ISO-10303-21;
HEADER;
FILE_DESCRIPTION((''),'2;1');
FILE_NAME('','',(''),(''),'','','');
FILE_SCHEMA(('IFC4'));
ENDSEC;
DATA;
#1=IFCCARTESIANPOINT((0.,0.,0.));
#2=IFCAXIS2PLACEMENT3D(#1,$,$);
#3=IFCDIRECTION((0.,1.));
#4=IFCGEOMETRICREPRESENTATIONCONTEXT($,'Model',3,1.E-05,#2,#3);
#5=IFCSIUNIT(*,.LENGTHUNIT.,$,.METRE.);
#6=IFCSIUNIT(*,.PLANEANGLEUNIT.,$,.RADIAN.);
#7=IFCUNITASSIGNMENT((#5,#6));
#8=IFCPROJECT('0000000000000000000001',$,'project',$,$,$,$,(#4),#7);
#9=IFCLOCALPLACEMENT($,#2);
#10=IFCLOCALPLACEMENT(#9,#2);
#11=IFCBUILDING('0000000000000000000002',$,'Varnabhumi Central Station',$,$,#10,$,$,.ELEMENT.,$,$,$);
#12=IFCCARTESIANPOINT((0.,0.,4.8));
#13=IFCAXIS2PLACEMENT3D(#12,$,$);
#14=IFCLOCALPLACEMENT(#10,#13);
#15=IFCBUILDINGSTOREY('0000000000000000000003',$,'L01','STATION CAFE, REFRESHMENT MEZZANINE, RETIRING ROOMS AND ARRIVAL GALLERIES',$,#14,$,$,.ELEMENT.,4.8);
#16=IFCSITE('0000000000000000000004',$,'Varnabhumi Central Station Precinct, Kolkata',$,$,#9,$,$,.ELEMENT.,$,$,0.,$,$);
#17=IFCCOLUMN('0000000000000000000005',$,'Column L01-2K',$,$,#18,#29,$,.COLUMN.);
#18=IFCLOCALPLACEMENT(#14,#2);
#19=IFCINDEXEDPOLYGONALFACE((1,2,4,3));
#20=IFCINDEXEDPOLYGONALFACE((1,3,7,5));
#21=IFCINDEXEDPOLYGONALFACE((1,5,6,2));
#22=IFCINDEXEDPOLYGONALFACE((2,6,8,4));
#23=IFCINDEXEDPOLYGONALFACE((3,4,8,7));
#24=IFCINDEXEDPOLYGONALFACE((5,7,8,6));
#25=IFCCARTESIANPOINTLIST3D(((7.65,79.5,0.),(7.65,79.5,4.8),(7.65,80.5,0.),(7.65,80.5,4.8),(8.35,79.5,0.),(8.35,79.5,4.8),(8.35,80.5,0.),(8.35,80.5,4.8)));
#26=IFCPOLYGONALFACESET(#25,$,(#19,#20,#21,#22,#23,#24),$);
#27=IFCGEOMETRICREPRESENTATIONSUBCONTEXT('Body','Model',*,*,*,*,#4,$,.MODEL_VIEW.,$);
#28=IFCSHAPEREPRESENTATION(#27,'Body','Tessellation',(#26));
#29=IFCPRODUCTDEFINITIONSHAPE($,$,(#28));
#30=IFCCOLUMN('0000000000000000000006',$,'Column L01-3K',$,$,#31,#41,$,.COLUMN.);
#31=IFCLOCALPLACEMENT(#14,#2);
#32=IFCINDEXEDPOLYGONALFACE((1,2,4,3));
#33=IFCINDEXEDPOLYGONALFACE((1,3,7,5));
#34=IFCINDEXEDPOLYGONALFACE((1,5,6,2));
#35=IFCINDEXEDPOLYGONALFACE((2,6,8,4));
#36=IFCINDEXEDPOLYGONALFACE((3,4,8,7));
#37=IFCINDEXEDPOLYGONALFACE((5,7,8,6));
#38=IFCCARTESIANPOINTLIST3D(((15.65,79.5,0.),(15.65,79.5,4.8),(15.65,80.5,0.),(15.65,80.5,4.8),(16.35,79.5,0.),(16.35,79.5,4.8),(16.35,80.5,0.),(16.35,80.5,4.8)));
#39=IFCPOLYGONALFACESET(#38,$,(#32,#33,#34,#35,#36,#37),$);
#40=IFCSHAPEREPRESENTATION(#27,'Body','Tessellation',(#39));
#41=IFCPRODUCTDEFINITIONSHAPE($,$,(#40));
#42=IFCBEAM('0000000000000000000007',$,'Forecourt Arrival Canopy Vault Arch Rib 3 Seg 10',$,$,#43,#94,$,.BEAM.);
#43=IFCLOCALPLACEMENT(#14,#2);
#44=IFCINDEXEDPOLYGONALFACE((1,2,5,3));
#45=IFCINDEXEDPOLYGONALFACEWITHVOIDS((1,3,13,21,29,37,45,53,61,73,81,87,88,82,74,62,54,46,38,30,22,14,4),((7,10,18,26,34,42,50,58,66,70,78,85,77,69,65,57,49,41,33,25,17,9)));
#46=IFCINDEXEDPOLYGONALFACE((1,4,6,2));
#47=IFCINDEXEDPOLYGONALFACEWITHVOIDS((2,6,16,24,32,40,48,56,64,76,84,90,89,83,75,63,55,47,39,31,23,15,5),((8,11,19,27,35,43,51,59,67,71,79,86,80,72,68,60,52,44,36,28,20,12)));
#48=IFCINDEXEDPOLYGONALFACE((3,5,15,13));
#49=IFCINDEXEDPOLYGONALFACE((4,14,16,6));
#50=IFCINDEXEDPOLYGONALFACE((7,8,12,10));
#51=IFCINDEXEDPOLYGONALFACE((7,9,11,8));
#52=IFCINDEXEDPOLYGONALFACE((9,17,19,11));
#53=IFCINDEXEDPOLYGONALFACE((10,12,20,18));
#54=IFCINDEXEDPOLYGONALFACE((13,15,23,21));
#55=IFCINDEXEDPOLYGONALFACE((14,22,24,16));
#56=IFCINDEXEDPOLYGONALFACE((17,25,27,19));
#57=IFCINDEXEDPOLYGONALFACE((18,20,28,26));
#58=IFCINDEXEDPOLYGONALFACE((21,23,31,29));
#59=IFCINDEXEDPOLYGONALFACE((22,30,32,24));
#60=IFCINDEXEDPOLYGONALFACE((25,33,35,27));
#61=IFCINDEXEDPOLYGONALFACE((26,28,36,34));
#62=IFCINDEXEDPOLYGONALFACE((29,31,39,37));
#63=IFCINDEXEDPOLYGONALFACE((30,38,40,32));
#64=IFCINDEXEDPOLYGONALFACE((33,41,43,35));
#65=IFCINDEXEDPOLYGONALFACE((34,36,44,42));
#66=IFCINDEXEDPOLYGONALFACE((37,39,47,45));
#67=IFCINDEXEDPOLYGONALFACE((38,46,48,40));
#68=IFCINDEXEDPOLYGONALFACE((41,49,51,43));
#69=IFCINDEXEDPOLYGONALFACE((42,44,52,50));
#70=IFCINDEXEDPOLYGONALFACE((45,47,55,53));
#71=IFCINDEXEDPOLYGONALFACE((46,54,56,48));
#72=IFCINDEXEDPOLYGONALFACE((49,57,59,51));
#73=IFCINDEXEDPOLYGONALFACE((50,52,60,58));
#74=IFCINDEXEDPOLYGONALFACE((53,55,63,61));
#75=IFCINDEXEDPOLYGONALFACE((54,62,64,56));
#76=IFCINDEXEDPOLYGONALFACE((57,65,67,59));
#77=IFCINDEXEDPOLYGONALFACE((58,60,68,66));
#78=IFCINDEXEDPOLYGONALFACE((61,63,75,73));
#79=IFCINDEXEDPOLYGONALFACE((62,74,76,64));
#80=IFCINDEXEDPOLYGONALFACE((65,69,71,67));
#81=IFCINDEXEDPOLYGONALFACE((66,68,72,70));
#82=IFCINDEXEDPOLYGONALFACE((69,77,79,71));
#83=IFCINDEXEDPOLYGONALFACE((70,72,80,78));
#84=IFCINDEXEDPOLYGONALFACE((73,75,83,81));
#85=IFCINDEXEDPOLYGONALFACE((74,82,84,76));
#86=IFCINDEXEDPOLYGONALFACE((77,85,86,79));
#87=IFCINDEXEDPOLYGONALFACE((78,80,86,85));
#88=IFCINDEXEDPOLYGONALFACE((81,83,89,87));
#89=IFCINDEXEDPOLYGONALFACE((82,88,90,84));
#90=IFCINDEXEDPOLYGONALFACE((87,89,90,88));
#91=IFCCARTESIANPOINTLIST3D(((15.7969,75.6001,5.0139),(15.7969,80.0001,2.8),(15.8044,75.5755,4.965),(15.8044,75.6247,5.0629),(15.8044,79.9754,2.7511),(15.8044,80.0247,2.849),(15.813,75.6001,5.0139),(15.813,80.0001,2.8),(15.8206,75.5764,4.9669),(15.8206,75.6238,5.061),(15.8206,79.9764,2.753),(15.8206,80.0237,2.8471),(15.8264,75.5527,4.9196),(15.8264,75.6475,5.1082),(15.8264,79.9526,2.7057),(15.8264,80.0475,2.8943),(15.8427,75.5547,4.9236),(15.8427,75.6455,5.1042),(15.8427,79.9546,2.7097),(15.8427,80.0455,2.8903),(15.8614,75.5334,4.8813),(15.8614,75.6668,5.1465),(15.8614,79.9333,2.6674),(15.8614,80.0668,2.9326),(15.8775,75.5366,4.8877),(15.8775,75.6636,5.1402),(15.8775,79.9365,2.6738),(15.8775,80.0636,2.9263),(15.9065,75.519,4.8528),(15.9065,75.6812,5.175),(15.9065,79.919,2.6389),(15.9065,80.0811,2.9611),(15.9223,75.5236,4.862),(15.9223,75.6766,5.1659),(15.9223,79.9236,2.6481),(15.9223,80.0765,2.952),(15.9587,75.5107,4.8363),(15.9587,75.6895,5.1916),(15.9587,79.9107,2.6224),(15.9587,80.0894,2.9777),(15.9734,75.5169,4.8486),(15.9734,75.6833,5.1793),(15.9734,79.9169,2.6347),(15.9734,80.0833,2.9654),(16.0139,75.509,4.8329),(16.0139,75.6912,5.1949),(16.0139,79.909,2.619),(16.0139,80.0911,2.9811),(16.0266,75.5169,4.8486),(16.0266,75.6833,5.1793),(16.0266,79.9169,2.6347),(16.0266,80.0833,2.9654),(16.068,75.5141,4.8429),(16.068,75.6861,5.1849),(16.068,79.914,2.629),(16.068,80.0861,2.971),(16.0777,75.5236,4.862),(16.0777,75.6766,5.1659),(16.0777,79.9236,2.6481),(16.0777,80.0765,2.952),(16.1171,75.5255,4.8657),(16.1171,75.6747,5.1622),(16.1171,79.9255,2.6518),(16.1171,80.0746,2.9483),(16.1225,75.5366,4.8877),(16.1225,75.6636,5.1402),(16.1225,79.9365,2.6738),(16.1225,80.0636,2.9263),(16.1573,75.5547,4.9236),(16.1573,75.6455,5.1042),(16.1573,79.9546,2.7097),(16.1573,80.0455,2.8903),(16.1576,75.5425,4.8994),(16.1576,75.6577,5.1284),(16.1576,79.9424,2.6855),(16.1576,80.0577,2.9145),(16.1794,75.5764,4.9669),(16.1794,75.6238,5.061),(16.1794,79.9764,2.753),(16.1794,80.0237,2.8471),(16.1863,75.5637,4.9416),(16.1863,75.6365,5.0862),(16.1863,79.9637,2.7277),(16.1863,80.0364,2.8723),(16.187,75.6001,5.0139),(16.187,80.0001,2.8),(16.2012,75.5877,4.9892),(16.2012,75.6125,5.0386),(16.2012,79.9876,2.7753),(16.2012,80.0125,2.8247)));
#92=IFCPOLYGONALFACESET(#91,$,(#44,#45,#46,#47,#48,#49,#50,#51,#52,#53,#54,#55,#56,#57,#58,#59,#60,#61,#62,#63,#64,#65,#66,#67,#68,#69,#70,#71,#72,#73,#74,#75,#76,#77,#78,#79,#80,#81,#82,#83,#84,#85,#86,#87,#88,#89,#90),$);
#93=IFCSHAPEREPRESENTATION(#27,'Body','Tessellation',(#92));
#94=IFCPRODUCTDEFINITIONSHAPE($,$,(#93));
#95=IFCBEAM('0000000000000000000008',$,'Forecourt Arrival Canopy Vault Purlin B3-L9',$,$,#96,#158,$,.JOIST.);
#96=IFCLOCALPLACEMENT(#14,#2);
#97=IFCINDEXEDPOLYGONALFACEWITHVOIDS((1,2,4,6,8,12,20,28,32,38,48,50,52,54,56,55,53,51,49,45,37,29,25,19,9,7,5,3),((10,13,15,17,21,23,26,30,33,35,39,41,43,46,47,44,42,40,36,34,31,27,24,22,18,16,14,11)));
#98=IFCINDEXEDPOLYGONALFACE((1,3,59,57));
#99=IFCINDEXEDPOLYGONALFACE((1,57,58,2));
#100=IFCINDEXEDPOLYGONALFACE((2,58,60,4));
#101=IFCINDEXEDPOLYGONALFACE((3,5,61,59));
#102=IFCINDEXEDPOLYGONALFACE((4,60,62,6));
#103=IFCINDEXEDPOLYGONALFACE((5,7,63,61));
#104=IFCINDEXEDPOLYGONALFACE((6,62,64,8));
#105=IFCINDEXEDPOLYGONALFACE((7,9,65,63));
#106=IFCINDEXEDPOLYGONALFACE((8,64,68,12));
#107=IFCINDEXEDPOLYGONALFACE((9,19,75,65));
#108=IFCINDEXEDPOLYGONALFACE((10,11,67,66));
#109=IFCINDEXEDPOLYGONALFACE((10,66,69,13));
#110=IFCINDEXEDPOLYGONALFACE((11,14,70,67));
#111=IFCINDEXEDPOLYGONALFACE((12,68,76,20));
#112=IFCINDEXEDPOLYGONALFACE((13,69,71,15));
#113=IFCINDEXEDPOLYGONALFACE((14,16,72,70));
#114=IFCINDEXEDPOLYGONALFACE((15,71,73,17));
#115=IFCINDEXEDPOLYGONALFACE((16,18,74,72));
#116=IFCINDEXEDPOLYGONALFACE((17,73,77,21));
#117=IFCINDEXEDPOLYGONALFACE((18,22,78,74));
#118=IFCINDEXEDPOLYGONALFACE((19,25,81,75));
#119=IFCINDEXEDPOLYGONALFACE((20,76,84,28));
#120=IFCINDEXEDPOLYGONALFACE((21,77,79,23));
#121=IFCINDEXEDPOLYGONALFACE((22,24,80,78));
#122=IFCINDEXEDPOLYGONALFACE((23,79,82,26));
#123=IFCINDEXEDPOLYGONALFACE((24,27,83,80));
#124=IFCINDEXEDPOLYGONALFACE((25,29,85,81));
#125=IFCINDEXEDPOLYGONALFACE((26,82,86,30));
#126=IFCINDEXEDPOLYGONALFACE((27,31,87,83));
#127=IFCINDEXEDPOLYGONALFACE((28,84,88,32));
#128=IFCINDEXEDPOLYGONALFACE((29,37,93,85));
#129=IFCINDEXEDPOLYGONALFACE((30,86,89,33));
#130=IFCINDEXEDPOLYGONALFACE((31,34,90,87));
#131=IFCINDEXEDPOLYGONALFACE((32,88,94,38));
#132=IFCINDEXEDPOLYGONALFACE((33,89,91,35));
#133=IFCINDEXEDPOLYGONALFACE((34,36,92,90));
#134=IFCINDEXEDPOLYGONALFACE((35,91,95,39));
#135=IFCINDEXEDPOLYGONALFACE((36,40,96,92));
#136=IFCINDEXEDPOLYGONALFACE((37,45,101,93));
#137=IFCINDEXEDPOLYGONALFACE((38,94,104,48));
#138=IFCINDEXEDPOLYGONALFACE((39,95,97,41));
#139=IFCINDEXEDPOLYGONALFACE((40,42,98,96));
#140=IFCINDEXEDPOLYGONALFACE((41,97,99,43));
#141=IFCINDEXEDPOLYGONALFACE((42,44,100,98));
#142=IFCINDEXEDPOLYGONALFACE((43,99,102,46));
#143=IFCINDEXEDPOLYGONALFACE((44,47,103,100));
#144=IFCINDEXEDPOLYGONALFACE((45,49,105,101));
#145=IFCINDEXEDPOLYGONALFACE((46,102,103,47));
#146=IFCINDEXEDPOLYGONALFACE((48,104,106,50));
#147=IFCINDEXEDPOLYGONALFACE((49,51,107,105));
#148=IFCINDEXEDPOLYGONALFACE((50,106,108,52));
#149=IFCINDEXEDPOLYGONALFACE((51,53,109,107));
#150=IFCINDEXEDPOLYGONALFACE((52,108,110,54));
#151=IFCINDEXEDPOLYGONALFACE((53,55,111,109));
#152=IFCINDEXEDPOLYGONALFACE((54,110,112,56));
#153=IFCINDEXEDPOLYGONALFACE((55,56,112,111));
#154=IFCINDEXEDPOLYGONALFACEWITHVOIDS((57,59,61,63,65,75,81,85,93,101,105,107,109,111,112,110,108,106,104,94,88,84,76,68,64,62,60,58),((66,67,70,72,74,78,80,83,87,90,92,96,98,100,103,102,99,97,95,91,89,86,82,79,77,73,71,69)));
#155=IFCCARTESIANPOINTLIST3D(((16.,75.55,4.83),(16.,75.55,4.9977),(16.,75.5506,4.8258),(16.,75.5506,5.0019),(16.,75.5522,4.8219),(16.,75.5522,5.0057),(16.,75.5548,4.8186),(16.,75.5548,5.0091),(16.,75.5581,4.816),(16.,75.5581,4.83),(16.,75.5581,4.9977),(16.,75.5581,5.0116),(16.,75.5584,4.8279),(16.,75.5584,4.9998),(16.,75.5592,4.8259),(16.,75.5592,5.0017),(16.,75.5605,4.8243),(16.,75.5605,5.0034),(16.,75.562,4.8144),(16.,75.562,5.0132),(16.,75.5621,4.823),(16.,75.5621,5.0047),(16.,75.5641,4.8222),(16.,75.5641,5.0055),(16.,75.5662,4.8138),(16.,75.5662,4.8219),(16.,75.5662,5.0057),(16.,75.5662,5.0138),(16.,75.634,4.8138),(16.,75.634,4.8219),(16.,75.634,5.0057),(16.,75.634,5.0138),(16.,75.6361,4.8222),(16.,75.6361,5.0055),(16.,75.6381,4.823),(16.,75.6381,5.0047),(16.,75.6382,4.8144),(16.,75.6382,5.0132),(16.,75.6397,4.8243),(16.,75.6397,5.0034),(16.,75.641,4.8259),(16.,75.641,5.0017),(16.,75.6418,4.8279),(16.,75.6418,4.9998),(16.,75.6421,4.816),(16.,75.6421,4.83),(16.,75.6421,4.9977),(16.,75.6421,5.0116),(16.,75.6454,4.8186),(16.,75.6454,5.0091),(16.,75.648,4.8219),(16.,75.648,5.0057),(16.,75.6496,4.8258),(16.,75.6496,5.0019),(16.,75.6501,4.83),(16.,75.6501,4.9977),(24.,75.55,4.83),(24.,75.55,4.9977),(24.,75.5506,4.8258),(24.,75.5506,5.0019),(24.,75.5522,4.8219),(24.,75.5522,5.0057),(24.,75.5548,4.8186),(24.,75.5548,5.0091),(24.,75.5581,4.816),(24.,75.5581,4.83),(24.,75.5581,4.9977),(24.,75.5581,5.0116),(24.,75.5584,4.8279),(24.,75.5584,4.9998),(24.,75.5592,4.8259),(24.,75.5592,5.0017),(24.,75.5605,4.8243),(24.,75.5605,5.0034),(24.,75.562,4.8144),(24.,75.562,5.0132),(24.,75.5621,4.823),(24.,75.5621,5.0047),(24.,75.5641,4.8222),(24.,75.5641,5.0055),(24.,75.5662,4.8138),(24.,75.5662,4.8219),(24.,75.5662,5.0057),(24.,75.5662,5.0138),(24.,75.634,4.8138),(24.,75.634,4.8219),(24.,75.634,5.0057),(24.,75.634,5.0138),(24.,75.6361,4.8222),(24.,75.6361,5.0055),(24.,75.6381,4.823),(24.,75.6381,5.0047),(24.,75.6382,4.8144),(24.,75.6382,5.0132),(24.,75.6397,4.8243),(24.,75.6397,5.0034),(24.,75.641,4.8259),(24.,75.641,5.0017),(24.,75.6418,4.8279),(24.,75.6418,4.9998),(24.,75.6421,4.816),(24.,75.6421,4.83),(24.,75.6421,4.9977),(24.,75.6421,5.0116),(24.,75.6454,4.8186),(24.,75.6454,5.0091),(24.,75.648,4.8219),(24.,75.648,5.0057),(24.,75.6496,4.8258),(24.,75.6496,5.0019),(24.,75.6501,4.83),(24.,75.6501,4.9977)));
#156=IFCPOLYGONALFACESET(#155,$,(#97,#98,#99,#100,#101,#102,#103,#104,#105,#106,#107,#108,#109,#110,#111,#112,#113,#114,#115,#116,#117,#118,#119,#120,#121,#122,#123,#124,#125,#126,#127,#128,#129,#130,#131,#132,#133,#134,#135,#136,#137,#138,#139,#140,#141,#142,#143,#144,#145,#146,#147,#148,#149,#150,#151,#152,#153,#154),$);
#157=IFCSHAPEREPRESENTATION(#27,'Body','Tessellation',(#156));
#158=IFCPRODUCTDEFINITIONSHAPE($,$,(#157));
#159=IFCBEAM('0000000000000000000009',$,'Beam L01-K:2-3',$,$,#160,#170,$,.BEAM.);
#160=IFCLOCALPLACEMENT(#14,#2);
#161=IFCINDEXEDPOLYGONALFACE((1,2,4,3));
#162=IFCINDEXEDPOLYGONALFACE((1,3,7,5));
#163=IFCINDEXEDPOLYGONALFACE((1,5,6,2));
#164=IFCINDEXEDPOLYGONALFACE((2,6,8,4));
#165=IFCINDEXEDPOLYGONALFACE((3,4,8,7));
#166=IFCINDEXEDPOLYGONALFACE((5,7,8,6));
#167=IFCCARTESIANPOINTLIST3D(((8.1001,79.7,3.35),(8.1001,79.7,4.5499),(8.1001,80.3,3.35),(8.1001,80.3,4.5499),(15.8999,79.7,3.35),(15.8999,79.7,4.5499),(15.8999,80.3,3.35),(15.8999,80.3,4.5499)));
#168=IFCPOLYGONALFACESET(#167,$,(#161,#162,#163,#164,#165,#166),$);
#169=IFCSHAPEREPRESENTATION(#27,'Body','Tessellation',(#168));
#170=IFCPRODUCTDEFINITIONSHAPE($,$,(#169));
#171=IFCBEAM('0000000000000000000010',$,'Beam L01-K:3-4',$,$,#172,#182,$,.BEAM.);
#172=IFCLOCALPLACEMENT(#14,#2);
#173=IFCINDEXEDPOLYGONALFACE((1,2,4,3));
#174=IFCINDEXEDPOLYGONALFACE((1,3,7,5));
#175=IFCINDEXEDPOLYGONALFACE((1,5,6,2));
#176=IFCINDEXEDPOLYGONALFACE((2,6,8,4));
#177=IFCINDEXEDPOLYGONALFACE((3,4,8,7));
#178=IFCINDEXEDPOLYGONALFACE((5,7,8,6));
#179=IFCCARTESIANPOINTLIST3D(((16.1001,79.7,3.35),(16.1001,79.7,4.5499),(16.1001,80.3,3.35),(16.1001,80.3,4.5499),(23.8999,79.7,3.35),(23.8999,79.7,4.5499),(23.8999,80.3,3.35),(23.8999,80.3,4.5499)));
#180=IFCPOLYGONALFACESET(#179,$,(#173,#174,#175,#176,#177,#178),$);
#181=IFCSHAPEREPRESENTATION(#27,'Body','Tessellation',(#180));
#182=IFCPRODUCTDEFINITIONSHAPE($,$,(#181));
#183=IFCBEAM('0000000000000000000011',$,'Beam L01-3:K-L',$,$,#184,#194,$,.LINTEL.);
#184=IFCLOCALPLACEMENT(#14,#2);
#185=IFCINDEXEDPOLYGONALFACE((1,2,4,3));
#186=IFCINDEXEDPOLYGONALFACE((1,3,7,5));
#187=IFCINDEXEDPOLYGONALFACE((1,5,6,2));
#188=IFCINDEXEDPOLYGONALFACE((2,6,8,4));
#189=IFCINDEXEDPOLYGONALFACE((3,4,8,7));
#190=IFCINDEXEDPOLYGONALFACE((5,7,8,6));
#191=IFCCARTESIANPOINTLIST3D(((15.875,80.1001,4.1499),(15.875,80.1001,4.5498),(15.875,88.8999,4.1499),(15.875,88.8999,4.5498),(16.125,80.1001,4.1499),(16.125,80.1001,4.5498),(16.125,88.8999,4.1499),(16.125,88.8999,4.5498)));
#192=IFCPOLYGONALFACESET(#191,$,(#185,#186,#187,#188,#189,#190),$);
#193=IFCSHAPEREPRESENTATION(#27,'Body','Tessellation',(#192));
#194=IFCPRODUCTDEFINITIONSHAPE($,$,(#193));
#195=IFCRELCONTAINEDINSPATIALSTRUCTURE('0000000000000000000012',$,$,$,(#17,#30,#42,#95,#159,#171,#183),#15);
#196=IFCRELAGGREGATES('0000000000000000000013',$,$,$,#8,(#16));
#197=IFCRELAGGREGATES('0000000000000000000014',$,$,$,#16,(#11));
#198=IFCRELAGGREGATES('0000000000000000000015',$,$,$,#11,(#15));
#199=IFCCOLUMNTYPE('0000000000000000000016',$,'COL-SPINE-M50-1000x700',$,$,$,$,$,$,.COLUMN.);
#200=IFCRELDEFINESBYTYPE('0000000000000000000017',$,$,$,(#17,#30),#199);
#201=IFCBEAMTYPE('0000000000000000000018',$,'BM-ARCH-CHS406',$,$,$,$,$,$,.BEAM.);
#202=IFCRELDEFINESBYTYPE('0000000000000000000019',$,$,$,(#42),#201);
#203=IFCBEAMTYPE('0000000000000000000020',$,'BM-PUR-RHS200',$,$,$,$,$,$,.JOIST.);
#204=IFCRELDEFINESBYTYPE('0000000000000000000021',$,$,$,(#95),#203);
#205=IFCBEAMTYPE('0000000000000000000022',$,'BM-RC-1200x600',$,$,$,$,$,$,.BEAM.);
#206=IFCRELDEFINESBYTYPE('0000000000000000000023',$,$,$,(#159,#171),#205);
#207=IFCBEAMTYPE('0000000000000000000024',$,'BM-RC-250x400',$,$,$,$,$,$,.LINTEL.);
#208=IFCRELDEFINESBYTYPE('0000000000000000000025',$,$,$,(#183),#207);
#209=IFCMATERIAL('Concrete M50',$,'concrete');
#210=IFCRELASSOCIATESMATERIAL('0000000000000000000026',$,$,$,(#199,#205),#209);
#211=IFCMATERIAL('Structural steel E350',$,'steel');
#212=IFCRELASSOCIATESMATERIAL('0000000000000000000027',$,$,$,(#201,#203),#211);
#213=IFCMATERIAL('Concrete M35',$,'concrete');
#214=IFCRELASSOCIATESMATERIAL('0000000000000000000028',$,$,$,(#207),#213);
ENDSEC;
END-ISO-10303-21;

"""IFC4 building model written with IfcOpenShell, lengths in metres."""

from ifc_helpers import new_model, si_unit, direction, frame, origin, origin_2d, place, context, subcontext, project, spatial, rectangle, hollow_rectangle, hollow_circle, extrude, material, material_profile, profile_set, type_object, element, save


model = new_model("IFC4")

# Units and contexts
model_context = context("Model", 3, precision=1e-05, world=origin(), true_north=direction((0.0, 1.0)))
body_context = subcontext(model_context, "Body", "Model", "MODEL_VIEW")
ifc_project = project(units=[si_unit("LENGTHUNIT", "METRE"), si_unit("PLANEANGLEUNIT", "RADIAN")], contexts=[model_context])

# Site, building, storey
site_placement = place(None, origin())
site = spatial("IfcSite", under=ifc_project, at=site_placement, Name="Varnabhumi Central Station Precinct, Kolkata", CompositionType="ELEMENT", RefElevation=0.0)
building_placement = place(site_placement, origin())
building = spatial("IfcBuilding", under=site, at=building_placement, Name="Varnabhumi Central Station", CompositionType="ELEMENT")
storey_placement = place(building_placement, frame((0.0, 0.0, 4.8)))
storey = spatial("IfcBuildingStorey", under=building, at=storey_placement, Name="L01", Description="STATION CAFE, REFRESHMENT MEZZANINE, RETIRING ROOMS AND ARRIVAL GALLERIES", CompositionType="ELEMENT", Elevation=4.8)

# Columns
ifc_material_1 = material(Name="Concrete M50", Category="concrete")
ifc_material_profile_1 = material_profile(ifc_material_1, rectangle(XDim=0.7, YDim=1.0, at=origin_2d()), Name="Concrete M50", Category="concrete")
ifc_profile_set_1 = profile_set([ifc_material_profile_1], Name="Concrete M50")
column_type = type_object("IfcColumnType", Name="COL-SPINE-M50-1000x700", PredefinedType="COLUMN", material=ifc_profile_set_1)
for number, where, z_axis, x_axis, name in (
    (1, (8.0, 80.0, 0.0), (0.0, 0.0, 1.0), (1.0, 0.0, 0.0), "Column L01-2K"),
    (2, (16.0, 80.0, 0.0), (0.0, 0.0, 1.0), (1.0, 0.0, 0.0), "Column L01-3K"),
):
    element("IfcColumn", number, at=place(storey_placement, frame(where, z_axis=z_axis, x_axis=x_axis)), inside=storey, type_object=column_type, Name=name, PredefinedType="COLUMN", context=body_context, shape_type="SweptSolid", body=[
        extrude(rectangle(XDim=0.7, YDim=1.0, at=origin_2d()), origin(), (0.0, 0.0, 1.0), 4.8),
    ])

# Beams
ifc_material_2 = material(Name="Structural steel E350", Category="steel")
ifc_material_profile_2 = material_profile(ifc_material_2, hollow_circle(Radius=0.2031, WallThickness=0.0161, at=origin_2d()), Name="Structural steel E350", Category="steel")
ifc_profile_set_2 = profile_set([ifc_material_profile_2], Name="Structural steel E350")
beam_type_1 = type_object("IfcBeamType", Name="BM-ARCH-CHS406", PredefinedType="BEAM", material=ifc_profile_set_2)
beam_1_placement = place(storey_placement, frame((16.0, 75.6001, 5.0139), z_axis=(0.0, 0.893294, -0.449472), x_axis=(-1.0, 0.0, 0.0)))
element("IfcBeam", 3, at=beam_1_placement, inside=storey, type_object=beam_type_1, Name="Forecourt Arrival Canopy Vault Arch Rib 3 Seg 10", PredefinedType="BEAM", context=body_context, shape_type="SweptSolid", body=[
    extrude(hollow_circle(Radius=0.2031, WallThickness=0.0161, at=origin_2d()), origin(), (0.0, 0.0, 1.0), 4.9255),
])
ifc_material_profile_3 = material_profile(ifc_material_2, hollow_rectangle(XDim=0.1001, YDim=0.2, WallThickness=0.0081, InnerFilletRadius=0.0081, OuterFilletRadius=0.0161, at=origin_2d()), Name="Structural steel E350", Category="steel")
ifc_profile_set_3 = profile_set([ifc_material_profile_3], Name="Structural steel E350")
beam_type_2 = type_object("IfcBeamType", Name="BM-PUR-RHS200", PredefinedType="JOIST", material=ifc_profile_set_3)
beam_2_placement = place(storey_placement, frame((16.0, 75.6001, 4.9138), z_axis=(1.0, 0.0, 0.0), x_axis=(0.0, 1.0, 0.0)))
element("IfcBeam", 4, at=beam_2_placement, inside=storey, type_object=beam_type_2, Name="Forecourt Arrival Canopy Vault Purlin B3-L9", PredefinedType="JOIST", context=body_context, shape_type="SweptSolid", body=[
    extrude(hollow_rectangle(XDim=0.1001, YDim=0.2, WallThickness=0.0081, InnerFilletRadius=0.0081, OuterFilletRadius=0.0161, at=origin_2d()), origin(), (0.0, 0.0, 1.0), 8.0),
])
ifc_material_profile_4 = material_profile(ifc_material_1, rectangle(XDim=0.6001, YDim=1.2, at=origin_2d()), Name="Concrete M50", Category="concrete")
ifc_profile_set_4 = profile_set([ifc_material_profile_4], Name="Concrete M50")
beam_type_3 = type_object("IfcBeamType", Name="BM-RC-1200x600", PredefinedType="BEAM", material=ifc_profile_set_4)
for number, where, z_axis, x_axis, name in (
    (5, (8.1001, 80.0, 3.95), (1.0, 0.0, 0.0), (0.0, 1.0, 0.0), "Beam L01-K:2-3"),
    (6, (16.1001, 80.0, 3.95), (1.0, 0.0, 0.0), (0.0, 1.0, 0.0), "Beam L01-K:3-4"),
):
    element("IfcBeam", number, at=place(storey_placement, frame(where, z_axis=z_axis, x_axis=x_axis)), inside=storey, type_object=beam_type_3, Name=name, PredefinedType="BEAM", context=body_context, shape_type="SweptSolid", body=[
        extrude(rectangle(XDim=0.6001, YDim=1.2, at=origin_2d()), origin(), (0.0, 0.0, 1.0), 7.7998),
    ])
ifc_material_3 = material(Name="Concrete M35", Category="concrete")
ifc_material_profile_5 = material_profile(ifc_material_3, rectangle(XDim=0.25, YDim=0.3999, at=origin_2d()), Name="Concrete M35", Category="concrete")
ifc_profile_set_5 = profile_set([ifc_material_profile_5], Name="Concrete M35")
beam_type_4 = type_object("IfcBeamType", Name="BM-RC-250x400", PredefinedType="LINTEL", material=ifc_profile_set_5)
beam_3_placement = place(storey_placement, frame((16.0, 80.1001, 4.3499), z_axis=(0.0, 1.0, 0.0), x_axis=(-1.0, 0.0, 0.0)))
element("IfcBeam", 7, at=beam_3_placement, inside=storey, type_object=beam_type_4, Name="Beam L01-3:K-L", PredefinedType="LINTEL", context=body_context, shape_type="SweptSolid", body=[
    extrude(rectangle(XDim=0.25, YDim=0.3999, at=origin_2d()), origin(), (0.0, 0.0, 1.0), 8.7998),
])

save(model, "model.ifc")
